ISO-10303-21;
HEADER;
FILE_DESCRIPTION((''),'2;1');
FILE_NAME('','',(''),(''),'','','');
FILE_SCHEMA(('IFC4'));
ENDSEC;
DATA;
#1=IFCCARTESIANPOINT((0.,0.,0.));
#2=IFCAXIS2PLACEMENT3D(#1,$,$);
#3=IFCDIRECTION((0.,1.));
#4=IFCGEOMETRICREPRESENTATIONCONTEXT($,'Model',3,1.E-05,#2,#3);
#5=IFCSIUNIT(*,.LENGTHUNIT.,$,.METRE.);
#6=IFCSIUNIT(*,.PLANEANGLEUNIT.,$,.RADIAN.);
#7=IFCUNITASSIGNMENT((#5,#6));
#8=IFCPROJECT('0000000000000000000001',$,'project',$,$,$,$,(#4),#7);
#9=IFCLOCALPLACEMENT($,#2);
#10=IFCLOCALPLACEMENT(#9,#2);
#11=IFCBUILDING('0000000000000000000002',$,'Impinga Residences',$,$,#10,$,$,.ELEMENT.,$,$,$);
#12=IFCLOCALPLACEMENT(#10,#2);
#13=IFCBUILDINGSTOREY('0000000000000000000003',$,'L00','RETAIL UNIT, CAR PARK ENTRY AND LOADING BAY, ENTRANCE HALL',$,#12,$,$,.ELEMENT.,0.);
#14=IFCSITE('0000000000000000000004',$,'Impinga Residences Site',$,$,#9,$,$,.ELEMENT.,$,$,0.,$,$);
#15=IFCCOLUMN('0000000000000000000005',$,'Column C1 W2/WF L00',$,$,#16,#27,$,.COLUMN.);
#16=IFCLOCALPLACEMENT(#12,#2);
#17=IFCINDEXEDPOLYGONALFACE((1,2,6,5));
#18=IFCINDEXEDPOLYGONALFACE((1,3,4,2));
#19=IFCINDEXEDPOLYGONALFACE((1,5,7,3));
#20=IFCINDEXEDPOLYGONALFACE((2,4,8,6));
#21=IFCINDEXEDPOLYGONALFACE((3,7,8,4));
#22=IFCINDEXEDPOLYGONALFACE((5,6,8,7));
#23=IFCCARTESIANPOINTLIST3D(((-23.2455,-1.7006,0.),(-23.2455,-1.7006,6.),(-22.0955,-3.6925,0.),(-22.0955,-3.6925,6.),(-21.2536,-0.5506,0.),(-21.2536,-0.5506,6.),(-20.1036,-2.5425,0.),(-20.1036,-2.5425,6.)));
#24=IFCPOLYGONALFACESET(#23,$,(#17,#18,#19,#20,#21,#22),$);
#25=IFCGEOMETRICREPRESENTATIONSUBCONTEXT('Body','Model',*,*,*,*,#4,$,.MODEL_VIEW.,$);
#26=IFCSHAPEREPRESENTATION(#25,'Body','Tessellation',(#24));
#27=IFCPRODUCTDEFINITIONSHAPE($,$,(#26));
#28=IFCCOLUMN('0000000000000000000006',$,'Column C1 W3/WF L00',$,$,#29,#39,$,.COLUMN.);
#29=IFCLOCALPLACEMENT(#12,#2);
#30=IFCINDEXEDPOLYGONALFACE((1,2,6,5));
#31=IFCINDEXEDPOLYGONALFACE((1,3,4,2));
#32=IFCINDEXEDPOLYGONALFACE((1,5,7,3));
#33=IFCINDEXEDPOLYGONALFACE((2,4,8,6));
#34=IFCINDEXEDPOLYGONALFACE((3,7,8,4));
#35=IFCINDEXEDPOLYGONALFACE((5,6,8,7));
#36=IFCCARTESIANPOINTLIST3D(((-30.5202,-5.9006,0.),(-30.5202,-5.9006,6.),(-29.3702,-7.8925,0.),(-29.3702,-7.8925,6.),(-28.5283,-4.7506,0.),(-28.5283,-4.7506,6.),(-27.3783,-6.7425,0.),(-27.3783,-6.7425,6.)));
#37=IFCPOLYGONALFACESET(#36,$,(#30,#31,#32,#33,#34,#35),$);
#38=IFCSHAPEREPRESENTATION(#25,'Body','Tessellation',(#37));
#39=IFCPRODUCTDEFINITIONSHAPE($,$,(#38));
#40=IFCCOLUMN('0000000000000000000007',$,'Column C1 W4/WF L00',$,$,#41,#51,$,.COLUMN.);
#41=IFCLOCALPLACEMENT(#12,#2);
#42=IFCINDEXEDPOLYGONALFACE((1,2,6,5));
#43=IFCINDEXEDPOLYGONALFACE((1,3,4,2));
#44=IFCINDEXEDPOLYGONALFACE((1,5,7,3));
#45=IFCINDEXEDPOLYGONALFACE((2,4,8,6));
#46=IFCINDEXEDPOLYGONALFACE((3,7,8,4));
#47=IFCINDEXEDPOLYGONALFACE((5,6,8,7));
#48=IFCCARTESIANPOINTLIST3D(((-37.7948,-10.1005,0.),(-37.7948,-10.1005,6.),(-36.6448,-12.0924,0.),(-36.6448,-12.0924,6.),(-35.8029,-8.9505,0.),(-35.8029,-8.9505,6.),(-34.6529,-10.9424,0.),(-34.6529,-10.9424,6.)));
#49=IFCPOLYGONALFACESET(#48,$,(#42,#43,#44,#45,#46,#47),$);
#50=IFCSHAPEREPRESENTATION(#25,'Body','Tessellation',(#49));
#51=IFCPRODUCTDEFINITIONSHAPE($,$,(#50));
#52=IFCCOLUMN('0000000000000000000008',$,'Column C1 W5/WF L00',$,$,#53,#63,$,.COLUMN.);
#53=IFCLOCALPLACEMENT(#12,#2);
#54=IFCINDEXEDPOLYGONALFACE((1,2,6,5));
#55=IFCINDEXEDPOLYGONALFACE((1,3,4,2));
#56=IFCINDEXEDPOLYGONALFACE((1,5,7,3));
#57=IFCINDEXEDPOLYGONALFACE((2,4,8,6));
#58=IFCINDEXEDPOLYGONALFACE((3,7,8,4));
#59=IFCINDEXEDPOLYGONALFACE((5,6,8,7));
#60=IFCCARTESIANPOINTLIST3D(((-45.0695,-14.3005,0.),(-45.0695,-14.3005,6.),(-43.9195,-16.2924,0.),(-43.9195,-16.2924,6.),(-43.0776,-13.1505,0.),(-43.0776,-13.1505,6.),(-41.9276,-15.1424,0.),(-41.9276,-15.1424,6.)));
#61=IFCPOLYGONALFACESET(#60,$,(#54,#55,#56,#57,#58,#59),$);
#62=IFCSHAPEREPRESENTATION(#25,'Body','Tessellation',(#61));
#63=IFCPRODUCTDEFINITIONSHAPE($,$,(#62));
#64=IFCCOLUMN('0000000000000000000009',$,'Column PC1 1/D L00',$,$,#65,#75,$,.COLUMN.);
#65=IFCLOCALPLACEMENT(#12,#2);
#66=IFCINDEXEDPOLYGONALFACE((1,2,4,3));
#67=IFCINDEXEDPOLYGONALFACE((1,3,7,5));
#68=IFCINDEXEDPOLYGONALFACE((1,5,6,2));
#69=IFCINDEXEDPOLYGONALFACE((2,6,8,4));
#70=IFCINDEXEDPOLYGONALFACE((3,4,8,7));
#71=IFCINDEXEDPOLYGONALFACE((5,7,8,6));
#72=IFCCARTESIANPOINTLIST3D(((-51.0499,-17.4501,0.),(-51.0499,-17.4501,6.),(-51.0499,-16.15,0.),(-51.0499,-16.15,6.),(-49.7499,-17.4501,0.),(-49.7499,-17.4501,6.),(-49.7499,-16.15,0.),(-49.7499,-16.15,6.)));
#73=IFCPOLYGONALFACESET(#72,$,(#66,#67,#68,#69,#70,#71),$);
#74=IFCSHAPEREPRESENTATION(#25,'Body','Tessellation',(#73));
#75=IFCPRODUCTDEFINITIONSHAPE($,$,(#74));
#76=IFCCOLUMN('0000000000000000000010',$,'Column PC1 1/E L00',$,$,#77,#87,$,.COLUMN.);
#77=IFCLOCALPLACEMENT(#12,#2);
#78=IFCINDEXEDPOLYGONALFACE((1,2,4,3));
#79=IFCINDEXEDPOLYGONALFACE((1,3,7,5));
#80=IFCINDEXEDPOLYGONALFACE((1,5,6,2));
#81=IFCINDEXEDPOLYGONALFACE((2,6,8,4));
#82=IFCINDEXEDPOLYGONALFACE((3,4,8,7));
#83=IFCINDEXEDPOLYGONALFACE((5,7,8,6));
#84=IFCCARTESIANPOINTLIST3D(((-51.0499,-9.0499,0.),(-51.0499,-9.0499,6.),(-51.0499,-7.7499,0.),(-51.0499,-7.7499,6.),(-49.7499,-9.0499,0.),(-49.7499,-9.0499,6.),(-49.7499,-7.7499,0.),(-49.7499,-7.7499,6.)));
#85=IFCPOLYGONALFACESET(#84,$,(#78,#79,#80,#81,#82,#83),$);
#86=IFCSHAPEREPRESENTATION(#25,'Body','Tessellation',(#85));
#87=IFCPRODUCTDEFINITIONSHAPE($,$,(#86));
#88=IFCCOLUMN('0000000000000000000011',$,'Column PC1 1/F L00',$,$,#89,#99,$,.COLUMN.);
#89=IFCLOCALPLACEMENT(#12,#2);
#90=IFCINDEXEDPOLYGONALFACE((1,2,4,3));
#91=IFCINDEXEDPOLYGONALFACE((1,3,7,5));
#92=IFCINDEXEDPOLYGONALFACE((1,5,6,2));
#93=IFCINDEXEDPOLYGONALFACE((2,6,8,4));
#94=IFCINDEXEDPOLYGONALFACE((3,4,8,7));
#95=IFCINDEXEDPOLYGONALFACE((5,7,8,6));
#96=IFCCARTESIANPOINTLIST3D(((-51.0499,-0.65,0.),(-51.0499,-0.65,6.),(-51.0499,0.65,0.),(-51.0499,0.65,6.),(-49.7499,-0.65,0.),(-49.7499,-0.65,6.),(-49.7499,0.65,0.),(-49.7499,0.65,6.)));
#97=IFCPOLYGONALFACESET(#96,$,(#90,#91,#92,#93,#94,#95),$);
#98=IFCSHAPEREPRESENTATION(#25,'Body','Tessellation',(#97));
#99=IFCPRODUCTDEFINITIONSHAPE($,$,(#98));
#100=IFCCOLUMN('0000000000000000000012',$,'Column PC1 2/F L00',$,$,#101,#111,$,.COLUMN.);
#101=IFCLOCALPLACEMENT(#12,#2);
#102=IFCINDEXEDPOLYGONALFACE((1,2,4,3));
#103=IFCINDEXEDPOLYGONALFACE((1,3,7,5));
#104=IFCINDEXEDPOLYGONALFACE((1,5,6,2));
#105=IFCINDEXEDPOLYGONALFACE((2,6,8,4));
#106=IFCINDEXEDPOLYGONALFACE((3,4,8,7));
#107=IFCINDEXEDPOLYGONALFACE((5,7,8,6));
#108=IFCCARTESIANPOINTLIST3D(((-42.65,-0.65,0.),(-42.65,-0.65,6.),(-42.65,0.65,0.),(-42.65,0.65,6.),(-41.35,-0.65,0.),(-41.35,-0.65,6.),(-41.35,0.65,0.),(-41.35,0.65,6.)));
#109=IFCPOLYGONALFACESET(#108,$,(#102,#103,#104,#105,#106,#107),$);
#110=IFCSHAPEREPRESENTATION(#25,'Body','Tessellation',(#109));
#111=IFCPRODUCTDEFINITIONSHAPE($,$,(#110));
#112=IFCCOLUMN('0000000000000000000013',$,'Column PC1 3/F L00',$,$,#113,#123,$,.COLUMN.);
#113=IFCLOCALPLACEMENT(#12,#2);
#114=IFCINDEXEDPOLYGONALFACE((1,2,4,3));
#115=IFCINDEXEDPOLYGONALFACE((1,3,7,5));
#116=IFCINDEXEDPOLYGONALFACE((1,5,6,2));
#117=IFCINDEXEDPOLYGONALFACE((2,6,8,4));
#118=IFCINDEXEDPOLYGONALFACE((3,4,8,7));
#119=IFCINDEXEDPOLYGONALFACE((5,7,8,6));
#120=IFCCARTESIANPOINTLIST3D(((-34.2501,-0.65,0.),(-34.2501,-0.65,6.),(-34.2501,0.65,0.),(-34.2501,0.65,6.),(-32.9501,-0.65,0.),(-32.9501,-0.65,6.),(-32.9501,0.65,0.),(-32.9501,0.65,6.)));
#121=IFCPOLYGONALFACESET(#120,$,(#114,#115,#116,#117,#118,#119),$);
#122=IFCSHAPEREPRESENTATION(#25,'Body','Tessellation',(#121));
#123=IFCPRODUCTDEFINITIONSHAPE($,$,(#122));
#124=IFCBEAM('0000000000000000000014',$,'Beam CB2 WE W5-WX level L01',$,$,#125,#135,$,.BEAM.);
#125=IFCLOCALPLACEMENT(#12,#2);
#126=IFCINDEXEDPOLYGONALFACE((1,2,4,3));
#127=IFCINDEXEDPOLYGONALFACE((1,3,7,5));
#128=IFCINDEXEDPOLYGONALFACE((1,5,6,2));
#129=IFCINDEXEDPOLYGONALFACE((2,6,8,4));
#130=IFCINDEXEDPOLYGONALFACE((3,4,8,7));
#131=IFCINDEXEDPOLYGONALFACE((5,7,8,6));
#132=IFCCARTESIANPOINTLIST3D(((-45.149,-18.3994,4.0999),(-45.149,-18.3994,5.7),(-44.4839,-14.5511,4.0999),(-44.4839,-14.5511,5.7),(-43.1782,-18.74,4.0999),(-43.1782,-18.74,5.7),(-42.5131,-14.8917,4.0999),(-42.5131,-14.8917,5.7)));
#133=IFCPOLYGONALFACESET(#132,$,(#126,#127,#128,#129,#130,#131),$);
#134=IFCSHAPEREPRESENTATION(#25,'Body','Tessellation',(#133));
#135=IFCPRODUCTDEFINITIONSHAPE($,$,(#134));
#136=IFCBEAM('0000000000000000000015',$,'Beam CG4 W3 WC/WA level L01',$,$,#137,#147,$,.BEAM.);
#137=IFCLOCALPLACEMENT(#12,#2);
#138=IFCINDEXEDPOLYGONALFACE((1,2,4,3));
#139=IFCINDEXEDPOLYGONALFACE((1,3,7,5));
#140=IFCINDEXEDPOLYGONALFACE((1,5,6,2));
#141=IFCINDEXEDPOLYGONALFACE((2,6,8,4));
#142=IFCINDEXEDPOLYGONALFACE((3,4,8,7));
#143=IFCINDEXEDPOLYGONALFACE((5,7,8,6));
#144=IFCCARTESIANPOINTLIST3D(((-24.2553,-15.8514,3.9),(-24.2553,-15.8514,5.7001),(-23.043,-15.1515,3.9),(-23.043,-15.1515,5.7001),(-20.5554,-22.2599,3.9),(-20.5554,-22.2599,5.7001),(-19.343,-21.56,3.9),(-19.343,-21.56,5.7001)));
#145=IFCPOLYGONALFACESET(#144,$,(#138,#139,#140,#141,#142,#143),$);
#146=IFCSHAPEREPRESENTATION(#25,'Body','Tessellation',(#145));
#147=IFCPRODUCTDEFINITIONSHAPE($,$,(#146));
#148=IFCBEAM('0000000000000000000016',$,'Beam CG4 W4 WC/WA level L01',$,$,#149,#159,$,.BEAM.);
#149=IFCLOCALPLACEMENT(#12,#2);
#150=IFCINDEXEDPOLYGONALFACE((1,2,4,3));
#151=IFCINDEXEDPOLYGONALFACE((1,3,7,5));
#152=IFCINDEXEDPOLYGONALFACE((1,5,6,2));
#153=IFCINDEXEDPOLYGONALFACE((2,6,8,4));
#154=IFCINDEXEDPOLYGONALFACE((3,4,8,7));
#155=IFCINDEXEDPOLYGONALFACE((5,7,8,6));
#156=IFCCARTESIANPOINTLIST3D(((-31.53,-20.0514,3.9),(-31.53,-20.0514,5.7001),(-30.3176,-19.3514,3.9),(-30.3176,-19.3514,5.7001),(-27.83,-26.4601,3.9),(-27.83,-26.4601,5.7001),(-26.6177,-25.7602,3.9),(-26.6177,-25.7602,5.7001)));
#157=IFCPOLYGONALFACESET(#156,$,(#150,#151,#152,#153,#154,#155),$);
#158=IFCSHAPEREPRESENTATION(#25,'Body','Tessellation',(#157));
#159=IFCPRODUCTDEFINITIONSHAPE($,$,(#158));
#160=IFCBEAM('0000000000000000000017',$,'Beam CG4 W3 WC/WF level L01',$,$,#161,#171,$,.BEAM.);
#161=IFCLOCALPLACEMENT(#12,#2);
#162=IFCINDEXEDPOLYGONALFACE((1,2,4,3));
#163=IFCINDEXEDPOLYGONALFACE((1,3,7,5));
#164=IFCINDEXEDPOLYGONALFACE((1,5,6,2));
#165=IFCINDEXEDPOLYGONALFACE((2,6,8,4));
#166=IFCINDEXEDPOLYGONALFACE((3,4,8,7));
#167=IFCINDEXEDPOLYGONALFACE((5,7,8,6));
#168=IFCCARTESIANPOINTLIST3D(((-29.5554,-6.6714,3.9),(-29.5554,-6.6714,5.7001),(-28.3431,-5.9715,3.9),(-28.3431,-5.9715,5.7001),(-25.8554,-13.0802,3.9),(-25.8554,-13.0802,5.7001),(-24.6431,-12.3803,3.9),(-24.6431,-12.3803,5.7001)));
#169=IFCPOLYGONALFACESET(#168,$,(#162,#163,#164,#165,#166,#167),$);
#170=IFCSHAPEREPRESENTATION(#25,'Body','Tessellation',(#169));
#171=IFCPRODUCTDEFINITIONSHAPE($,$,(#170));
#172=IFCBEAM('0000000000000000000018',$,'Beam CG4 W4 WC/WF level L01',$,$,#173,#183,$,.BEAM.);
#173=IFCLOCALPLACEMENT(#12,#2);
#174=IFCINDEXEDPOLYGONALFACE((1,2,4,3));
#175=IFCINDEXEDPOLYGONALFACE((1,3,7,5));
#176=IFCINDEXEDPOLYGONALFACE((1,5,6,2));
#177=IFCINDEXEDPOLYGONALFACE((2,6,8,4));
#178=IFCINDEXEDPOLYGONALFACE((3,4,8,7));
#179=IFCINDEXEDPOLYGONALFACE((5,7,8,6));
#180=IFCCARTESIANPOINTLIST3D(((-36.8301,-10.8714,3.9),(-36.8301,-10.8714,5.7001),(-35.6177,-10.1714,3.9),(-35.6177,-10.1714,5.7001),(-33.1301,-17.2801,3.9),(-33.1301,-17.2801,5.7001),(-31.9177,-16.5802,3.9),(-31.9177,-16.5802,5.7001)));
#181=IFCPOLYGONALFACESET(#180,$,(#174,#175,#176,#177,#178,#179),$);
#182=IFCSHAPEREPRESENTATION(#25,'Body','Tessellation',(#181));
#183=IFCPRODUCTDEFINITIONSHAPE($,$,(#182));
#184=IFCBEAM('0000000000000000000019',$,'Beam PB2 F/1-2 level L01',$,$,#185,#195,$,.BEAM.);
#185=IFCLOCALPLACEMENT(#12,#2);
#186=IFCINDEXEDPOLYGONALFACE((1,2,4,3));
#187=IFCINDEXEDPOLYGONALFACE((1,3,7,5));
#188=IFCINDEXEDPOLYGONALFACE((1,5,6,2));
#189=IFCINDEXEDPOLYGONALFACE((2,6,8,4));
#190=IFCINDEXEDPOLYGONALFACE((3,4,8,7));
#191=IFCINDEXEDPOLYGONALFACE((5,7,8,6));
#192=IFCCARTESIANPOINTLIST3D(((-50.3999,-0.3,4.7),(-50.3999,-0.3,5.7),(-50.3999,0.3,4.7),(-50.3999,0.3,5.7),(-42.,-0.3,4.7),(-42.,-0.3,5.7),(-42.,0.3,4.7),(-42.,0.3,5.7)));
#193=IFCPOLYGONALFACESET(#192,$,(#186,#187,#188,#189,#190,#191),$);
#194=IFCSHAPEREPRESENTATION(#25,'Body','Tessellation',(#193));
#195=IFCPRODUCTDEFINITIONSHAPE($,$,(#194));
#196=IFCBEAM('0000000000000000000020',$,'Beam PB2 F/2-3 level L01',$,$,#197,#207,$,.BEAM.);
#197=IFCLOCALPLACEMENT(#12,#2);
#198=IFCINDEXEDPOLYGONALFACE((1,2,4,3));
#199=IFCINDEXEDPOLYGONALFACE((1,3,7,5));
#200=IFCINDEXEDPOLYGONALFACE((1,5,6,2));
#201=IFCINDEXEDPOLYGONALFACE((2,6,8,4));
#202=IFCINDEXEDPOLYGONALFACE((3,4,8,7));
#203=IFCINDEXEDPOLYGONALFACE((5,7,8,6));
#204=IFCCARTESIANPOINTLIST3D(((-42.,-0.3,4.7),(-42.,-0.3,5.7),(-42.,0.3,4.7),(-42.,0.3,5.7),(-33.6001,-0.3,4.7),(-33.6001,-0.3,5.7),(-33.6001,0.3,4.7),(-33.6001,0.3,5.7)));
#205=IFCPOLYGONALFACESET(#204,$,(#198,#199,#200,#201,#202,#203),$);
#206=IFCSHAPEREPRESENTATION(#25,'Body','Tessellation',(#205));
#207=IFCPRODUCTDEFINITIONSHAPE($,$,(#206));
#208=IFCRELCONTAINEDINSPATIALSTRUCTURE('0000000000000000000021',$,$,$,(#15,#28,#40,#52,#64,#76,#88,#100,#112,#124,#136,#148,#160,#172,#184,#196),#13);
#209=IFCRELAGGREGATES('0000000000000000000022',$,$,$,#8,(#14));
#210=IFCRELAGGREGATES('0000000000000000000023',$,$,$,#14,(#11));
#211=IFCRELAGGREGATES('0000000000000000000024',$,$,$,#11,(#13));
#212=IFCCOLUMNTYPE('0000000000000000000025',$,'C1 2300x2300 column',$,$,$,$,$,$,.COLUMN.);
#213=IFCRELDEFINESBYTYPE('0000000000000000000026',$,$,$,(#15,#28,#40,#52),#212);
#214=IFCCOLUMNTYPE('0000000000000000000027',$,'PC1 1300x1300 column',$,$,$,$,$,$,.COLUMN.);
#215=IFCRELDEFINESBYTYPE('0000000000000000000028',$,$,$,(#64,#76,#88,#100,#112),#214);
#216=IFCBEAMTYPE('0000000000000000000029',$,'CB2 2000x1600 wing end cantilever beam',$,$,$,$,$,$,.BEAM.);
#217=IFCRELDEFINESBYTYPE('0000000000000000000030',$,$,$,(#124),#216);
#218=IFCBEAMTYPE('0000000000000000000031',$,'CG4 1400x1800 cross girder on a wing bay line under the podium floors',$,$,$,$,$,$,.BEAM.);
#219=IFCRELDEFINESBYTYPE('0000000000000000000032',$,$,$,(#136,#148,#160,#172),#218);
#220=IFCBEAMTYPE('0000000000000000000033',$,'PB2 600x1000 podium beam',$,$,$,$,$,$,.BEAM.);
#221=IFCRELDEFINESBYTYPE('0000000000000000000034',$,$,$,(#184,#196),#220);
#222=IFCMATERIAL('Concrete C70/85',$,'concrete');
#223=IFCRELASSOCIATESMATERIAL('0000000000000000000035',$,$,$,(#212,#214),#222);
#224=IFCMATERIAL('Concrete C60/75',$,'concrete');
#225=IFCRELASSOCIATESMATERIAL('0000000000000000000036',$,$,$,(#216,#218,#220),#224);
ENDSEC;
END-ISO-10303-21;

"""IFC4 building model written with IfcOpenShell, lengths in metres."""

from ifc_helpers import new_model, si_unit, direction, frame, origin, origin_2d, place, context, subcontext, project, spatial, rectangle, extrude, material, material_profile, profile_set, type_object, element, save


model = new_model("IFC4")

# Units and contexts
model_context = context("Model", 3, precision=1e-05, world=origin(), true_north=direction((0.0, 1.0)))
body_context = subcontext(model_context, "Body", "Model", "MODEL_VIEW")
ifc_project = project(units=[si_unit("LENGTHUNIT", "METRE"), si_unit("PLANEANGLEUNIT", "RADIAN")], contexts=[model_context])

# Site, building, storey
site_placement = place(None, origin())
site = spatial("IfcSite", under=ifc_project, at=site_placement, Name="Impinga Residences Site", CompositionType="ELEMENT", RefElevation=0.0)
building_placement = place(site_placement, origin())
building = spatial("IfcBuilding", under=site, at=building_placement, Name="Impinga Residences", CompositionType="ELEMENT")
storey_placement = place(building_placement, origin())
storey = spatial("IfcBuildingStorey", under=building, at=storey_placement, Name="L00", Description="RETAIL UNIT, CAR PARK ENTRY AND LOADING BAY, ENTRANCE HALL", CompositionType="ELEMENT", Elevation=0.0)

# Columns
ifc_material_1 = material(Name="Concrete C70/85", Category="concrete")
ifc_material_profile_1 = material_profile(ifc_material_1, rectangle(XDim=2.3, YDim=2.3, at=origin_2d()), Name="RC 2300x2300")
ifc_profile_set_1 = profile_set([ifc_material_profile_1], Name="Concrete C70/85")
column_type_1 = type_object("IfcColumnType", Name="C1 2300x2300 column", PredefinedType="COLUMN", material=ifc_profile_set_1)
for number, where, z_axis, x_axis, name in (
    (1, (-21.6746, -2.1216, 0.0), (0.0, 0.0, 1.0), (-0.5, 0.866025, 0.0), "Column C1 W2/WF L00"),
    (2, (-28.9492, -6.3215, 0.0), (0.0, 0.0, 1.0), (-0.5, 0.866025, 0.0), "Column C1 W3/WF L00"),
    (3, (-36.2239, -10.5215, 0.0), (0.0, 0.0, 1.0), (-0.5, 0.866025, 0.0), "Column C1 W4/WF L00"),
    (4, (-43.4985, -14.7214, 0.0), (0.0, 0.0, 1.0), (-0.5, 0.866025, 0.0), "Column C1 W5/WF L00"),
):
    element("IfcColumn", number, at=place(storey_placement, frame(where, z_axis=z_axis, x_axis=x_axis)), inside=storey, type_object=column_type_1, Name=name, PredefinedType="COLUMN", context=body_context, shape_type="SweptSolid", body=[
        extrude(rectangle(XDim=2.3, YDim=2.3, at=origin_2d()), origin(), (0.0, 0.0, 1.0), 6.0),
    ])
ifc_material_profile_2 = material_profile(ifc_material_1, rectangle(XDim=1.3, YDim=1.3, at=origin_2d()), Name="RC 1300x1300")
ifc_profile_set_2 = profile_set([ifc_material_profile_2], Name="Concrete C70/85")
column_type_2 = type_object("IfcColumnType", Name="PC1 1300x1300 column", PredefinedType="COLUMN", material=ifc_profile_set_2)
for number, where, z_axis, x_axis, name in (
    (5, (-50.3999, -16.8, 0.0), (0.0, 0.0, 1.0), (1.0, 0.0, 0.0), "Column PC1 1/D L00"),
    (6, (-50.3999, -8.3999, 0.0), (0.0, 0.0, 1.0), (1.0, 0.0, 0.0), "Column PC1 1/E L00"),
    (7, (-50.3999, 0.0, 0.0), (0.0, 0.0, 1.0), (1.0, 0.0, 0.0), "Column PC1 1/F L00"),
    (8, (-42.0, 0.0, 0.0), (0.0, 0.0, 1.0), (1.0, 0.0, 0.0), "Column PC1 2/F L00"),
    (9, (-33.6001, 0.0, 0.0), (0.0, 0.0, 1.0), (1.0, 0.0, 0.0), "Column PC1 3/F L00"),
):
    element("IfcColumn", number, at=place(storey_placement, frame(where, z_axis=z_axis, x_axis=x_axis)), inside=storey, type_object=column_type_2, Name=name, PredefinedType="COLUMN", context=body_context, shape_type="SweptSolid", body=[
        extrude(rectangle(XDim=1.3, YDim=1.3, at=origin_2d()), origin(), (0.0, 0.0, 1.0), 6.0),
    ])

# Beams
ifc_material_2 = material(Name="Concrete C60/75", Category="concrete")
ifc_material_profile_3 = material_profile(ifc_material_2, rectangle(XDim=2.0, YDim=1.6001, at=origin_2d()), Name="RC 2000x1600")
ifc_profile_set_3 = profile_set([ifc_material_profile_3], Name="Concrete C60/75")
beam_type_1 = type_object("IfcBeamType", Name="CB2 2000x1600 wing end cantilever beam", PredefinedType="BEAM", material=ifc_profile_set_3)
beam_1_placement = place(storey_placement, frame((-43.4985, -14.7214, 4.8999), z_axis=(-0.170296, -0.985393, 0.0), x_axis=(0.985393, -0.170296, 0.0)))
element("IfcBeam", 10, at=beam_1_placement, inside=storey, type_object=beam_type_1, Name="Beam CB2 WE W5-WX level L01", PredefinedType="BEAM", context=body_context, shape_type="SweptSolid", body=[
    extrude(rectangle(XDim=2.0, YDim=1.6001, at=origin_2d()), origin(), (0.0, 0.0, 1.0), 3.9053),
])
ifc_material_profile_4 = material_profile(ifc_material_2, rectangle(XDim=1.3999, YDim=1.8, at=origin_2d()), Name="RC 1400x1800")
ifc_profile_set_4 = profile_set([ifc_material_profile_4], Name="Concrete C60/75")
beam_type_2 = type_object("IfcBeamType", Name="CG4 1400x1800 cross girder on a wing bay line under the podium floors", PredefinedType="BEAM", material=ifc_profile_set_4)
beam_2_placement = place(storey_placement, frame((-23.6492, -15.5015, 4.8), z_axis=(0.500003, -0.866024, 0.0), x_axis=(0.866024, 0.500003, 0.0)))
element("IfcBeam", 11, at=beam_2_placement, inside=storey, type_object=beam_type_2, Name="Beam CG4 W3 WC/WA level L01", PredefinedType="BEAM", context=body_context, shape_type="SweptSolid", body=[
    extrude(rectangle(XDim=1.3999, YDim=1.8, at=origin_2d()), origin(), (0.0, 0.0, 1.0), 7.3999),
])
for number, where, z_axis, x_axis, name in (
    (12, (-30.9238, -19.7014, 4.8), (0.499989, -0.866032, 0.0), (0.866032, 0.499989, 0.0), "Beam CG4 W4 WC/WA level L01"),
    (13, (-25.2493, -12.7302, 4.8), (-0.499989, 0.866032, 0.0), (-0.866032, -0.499989, 0.0), "Beam CG4 W3 WC/WF level L01"),
    (14, (-32.5239, -16.9302, 4.8), (-0.499989, 0.866032, 0.0), (-0.866032, -0.499989, 0.0), "Beam CG4 W4 WC/WF level L01"),
):
    element("IfcBeam", number, at=place(storey_placement, frame(where, z_axis=z_axis, x_axis=x_axis)), inside=storey, type_object=beam_type_2, Name=name, PredefinedType="BEAM", context=body_context, shape_type="SweptSolid", body=[
        extrude(rectangle(XDim=1.3999, YDim=1.8, at=origin_2d()), origin(), (0.0, 0.0, 1.0), 7.4001),
    ])
ifc_material_profile_5 = material_profile(ifc_material_2, rectangle(XDim=0.6001, YDim=1.0, at=origin_2d()), Name="RC 600x1000")
ifc_profile_set_5 = profile_set([ifc_material_profile_5], Name="Concrete C60/75")
beam_type_3 = type_object("IfcBeamType", Name="PB2 600x1000 podium beam", PredefinedType="BEAM", material=ifc_profile_set_5)
for number, where, z_axis, x_axis, name in (
    (15, (-50.3999, 0.0, 5.2), (1.0, 0.0, 0.0), (0.0, 1.0, 0.0), "Beam PB2 F/1-2 level L01"),
    (16, (-42.0, 0.0, 5.2), (1.0, 0.0, 0.0), (0.0, 1.0, 0.0), "Beam PB2 F/2-3 level L01"),
):
    element("IfcBeam", number, at=place(storey_placement, frame(where, z_axis=z_axis, x_axis=x_axis)), inside=storey, type_object=beam_type_3, Name=name, PredefinedType="BEAM", context=body_context, shape_type="SweptSolid", body=[
        extrude(rectangle(XDim=0.6001, YDim=1.0, at=origin_2d()), origin(), (0.0, 0.0, 1.0), 8.3999),
    ])

save(model, "model.ifc")
